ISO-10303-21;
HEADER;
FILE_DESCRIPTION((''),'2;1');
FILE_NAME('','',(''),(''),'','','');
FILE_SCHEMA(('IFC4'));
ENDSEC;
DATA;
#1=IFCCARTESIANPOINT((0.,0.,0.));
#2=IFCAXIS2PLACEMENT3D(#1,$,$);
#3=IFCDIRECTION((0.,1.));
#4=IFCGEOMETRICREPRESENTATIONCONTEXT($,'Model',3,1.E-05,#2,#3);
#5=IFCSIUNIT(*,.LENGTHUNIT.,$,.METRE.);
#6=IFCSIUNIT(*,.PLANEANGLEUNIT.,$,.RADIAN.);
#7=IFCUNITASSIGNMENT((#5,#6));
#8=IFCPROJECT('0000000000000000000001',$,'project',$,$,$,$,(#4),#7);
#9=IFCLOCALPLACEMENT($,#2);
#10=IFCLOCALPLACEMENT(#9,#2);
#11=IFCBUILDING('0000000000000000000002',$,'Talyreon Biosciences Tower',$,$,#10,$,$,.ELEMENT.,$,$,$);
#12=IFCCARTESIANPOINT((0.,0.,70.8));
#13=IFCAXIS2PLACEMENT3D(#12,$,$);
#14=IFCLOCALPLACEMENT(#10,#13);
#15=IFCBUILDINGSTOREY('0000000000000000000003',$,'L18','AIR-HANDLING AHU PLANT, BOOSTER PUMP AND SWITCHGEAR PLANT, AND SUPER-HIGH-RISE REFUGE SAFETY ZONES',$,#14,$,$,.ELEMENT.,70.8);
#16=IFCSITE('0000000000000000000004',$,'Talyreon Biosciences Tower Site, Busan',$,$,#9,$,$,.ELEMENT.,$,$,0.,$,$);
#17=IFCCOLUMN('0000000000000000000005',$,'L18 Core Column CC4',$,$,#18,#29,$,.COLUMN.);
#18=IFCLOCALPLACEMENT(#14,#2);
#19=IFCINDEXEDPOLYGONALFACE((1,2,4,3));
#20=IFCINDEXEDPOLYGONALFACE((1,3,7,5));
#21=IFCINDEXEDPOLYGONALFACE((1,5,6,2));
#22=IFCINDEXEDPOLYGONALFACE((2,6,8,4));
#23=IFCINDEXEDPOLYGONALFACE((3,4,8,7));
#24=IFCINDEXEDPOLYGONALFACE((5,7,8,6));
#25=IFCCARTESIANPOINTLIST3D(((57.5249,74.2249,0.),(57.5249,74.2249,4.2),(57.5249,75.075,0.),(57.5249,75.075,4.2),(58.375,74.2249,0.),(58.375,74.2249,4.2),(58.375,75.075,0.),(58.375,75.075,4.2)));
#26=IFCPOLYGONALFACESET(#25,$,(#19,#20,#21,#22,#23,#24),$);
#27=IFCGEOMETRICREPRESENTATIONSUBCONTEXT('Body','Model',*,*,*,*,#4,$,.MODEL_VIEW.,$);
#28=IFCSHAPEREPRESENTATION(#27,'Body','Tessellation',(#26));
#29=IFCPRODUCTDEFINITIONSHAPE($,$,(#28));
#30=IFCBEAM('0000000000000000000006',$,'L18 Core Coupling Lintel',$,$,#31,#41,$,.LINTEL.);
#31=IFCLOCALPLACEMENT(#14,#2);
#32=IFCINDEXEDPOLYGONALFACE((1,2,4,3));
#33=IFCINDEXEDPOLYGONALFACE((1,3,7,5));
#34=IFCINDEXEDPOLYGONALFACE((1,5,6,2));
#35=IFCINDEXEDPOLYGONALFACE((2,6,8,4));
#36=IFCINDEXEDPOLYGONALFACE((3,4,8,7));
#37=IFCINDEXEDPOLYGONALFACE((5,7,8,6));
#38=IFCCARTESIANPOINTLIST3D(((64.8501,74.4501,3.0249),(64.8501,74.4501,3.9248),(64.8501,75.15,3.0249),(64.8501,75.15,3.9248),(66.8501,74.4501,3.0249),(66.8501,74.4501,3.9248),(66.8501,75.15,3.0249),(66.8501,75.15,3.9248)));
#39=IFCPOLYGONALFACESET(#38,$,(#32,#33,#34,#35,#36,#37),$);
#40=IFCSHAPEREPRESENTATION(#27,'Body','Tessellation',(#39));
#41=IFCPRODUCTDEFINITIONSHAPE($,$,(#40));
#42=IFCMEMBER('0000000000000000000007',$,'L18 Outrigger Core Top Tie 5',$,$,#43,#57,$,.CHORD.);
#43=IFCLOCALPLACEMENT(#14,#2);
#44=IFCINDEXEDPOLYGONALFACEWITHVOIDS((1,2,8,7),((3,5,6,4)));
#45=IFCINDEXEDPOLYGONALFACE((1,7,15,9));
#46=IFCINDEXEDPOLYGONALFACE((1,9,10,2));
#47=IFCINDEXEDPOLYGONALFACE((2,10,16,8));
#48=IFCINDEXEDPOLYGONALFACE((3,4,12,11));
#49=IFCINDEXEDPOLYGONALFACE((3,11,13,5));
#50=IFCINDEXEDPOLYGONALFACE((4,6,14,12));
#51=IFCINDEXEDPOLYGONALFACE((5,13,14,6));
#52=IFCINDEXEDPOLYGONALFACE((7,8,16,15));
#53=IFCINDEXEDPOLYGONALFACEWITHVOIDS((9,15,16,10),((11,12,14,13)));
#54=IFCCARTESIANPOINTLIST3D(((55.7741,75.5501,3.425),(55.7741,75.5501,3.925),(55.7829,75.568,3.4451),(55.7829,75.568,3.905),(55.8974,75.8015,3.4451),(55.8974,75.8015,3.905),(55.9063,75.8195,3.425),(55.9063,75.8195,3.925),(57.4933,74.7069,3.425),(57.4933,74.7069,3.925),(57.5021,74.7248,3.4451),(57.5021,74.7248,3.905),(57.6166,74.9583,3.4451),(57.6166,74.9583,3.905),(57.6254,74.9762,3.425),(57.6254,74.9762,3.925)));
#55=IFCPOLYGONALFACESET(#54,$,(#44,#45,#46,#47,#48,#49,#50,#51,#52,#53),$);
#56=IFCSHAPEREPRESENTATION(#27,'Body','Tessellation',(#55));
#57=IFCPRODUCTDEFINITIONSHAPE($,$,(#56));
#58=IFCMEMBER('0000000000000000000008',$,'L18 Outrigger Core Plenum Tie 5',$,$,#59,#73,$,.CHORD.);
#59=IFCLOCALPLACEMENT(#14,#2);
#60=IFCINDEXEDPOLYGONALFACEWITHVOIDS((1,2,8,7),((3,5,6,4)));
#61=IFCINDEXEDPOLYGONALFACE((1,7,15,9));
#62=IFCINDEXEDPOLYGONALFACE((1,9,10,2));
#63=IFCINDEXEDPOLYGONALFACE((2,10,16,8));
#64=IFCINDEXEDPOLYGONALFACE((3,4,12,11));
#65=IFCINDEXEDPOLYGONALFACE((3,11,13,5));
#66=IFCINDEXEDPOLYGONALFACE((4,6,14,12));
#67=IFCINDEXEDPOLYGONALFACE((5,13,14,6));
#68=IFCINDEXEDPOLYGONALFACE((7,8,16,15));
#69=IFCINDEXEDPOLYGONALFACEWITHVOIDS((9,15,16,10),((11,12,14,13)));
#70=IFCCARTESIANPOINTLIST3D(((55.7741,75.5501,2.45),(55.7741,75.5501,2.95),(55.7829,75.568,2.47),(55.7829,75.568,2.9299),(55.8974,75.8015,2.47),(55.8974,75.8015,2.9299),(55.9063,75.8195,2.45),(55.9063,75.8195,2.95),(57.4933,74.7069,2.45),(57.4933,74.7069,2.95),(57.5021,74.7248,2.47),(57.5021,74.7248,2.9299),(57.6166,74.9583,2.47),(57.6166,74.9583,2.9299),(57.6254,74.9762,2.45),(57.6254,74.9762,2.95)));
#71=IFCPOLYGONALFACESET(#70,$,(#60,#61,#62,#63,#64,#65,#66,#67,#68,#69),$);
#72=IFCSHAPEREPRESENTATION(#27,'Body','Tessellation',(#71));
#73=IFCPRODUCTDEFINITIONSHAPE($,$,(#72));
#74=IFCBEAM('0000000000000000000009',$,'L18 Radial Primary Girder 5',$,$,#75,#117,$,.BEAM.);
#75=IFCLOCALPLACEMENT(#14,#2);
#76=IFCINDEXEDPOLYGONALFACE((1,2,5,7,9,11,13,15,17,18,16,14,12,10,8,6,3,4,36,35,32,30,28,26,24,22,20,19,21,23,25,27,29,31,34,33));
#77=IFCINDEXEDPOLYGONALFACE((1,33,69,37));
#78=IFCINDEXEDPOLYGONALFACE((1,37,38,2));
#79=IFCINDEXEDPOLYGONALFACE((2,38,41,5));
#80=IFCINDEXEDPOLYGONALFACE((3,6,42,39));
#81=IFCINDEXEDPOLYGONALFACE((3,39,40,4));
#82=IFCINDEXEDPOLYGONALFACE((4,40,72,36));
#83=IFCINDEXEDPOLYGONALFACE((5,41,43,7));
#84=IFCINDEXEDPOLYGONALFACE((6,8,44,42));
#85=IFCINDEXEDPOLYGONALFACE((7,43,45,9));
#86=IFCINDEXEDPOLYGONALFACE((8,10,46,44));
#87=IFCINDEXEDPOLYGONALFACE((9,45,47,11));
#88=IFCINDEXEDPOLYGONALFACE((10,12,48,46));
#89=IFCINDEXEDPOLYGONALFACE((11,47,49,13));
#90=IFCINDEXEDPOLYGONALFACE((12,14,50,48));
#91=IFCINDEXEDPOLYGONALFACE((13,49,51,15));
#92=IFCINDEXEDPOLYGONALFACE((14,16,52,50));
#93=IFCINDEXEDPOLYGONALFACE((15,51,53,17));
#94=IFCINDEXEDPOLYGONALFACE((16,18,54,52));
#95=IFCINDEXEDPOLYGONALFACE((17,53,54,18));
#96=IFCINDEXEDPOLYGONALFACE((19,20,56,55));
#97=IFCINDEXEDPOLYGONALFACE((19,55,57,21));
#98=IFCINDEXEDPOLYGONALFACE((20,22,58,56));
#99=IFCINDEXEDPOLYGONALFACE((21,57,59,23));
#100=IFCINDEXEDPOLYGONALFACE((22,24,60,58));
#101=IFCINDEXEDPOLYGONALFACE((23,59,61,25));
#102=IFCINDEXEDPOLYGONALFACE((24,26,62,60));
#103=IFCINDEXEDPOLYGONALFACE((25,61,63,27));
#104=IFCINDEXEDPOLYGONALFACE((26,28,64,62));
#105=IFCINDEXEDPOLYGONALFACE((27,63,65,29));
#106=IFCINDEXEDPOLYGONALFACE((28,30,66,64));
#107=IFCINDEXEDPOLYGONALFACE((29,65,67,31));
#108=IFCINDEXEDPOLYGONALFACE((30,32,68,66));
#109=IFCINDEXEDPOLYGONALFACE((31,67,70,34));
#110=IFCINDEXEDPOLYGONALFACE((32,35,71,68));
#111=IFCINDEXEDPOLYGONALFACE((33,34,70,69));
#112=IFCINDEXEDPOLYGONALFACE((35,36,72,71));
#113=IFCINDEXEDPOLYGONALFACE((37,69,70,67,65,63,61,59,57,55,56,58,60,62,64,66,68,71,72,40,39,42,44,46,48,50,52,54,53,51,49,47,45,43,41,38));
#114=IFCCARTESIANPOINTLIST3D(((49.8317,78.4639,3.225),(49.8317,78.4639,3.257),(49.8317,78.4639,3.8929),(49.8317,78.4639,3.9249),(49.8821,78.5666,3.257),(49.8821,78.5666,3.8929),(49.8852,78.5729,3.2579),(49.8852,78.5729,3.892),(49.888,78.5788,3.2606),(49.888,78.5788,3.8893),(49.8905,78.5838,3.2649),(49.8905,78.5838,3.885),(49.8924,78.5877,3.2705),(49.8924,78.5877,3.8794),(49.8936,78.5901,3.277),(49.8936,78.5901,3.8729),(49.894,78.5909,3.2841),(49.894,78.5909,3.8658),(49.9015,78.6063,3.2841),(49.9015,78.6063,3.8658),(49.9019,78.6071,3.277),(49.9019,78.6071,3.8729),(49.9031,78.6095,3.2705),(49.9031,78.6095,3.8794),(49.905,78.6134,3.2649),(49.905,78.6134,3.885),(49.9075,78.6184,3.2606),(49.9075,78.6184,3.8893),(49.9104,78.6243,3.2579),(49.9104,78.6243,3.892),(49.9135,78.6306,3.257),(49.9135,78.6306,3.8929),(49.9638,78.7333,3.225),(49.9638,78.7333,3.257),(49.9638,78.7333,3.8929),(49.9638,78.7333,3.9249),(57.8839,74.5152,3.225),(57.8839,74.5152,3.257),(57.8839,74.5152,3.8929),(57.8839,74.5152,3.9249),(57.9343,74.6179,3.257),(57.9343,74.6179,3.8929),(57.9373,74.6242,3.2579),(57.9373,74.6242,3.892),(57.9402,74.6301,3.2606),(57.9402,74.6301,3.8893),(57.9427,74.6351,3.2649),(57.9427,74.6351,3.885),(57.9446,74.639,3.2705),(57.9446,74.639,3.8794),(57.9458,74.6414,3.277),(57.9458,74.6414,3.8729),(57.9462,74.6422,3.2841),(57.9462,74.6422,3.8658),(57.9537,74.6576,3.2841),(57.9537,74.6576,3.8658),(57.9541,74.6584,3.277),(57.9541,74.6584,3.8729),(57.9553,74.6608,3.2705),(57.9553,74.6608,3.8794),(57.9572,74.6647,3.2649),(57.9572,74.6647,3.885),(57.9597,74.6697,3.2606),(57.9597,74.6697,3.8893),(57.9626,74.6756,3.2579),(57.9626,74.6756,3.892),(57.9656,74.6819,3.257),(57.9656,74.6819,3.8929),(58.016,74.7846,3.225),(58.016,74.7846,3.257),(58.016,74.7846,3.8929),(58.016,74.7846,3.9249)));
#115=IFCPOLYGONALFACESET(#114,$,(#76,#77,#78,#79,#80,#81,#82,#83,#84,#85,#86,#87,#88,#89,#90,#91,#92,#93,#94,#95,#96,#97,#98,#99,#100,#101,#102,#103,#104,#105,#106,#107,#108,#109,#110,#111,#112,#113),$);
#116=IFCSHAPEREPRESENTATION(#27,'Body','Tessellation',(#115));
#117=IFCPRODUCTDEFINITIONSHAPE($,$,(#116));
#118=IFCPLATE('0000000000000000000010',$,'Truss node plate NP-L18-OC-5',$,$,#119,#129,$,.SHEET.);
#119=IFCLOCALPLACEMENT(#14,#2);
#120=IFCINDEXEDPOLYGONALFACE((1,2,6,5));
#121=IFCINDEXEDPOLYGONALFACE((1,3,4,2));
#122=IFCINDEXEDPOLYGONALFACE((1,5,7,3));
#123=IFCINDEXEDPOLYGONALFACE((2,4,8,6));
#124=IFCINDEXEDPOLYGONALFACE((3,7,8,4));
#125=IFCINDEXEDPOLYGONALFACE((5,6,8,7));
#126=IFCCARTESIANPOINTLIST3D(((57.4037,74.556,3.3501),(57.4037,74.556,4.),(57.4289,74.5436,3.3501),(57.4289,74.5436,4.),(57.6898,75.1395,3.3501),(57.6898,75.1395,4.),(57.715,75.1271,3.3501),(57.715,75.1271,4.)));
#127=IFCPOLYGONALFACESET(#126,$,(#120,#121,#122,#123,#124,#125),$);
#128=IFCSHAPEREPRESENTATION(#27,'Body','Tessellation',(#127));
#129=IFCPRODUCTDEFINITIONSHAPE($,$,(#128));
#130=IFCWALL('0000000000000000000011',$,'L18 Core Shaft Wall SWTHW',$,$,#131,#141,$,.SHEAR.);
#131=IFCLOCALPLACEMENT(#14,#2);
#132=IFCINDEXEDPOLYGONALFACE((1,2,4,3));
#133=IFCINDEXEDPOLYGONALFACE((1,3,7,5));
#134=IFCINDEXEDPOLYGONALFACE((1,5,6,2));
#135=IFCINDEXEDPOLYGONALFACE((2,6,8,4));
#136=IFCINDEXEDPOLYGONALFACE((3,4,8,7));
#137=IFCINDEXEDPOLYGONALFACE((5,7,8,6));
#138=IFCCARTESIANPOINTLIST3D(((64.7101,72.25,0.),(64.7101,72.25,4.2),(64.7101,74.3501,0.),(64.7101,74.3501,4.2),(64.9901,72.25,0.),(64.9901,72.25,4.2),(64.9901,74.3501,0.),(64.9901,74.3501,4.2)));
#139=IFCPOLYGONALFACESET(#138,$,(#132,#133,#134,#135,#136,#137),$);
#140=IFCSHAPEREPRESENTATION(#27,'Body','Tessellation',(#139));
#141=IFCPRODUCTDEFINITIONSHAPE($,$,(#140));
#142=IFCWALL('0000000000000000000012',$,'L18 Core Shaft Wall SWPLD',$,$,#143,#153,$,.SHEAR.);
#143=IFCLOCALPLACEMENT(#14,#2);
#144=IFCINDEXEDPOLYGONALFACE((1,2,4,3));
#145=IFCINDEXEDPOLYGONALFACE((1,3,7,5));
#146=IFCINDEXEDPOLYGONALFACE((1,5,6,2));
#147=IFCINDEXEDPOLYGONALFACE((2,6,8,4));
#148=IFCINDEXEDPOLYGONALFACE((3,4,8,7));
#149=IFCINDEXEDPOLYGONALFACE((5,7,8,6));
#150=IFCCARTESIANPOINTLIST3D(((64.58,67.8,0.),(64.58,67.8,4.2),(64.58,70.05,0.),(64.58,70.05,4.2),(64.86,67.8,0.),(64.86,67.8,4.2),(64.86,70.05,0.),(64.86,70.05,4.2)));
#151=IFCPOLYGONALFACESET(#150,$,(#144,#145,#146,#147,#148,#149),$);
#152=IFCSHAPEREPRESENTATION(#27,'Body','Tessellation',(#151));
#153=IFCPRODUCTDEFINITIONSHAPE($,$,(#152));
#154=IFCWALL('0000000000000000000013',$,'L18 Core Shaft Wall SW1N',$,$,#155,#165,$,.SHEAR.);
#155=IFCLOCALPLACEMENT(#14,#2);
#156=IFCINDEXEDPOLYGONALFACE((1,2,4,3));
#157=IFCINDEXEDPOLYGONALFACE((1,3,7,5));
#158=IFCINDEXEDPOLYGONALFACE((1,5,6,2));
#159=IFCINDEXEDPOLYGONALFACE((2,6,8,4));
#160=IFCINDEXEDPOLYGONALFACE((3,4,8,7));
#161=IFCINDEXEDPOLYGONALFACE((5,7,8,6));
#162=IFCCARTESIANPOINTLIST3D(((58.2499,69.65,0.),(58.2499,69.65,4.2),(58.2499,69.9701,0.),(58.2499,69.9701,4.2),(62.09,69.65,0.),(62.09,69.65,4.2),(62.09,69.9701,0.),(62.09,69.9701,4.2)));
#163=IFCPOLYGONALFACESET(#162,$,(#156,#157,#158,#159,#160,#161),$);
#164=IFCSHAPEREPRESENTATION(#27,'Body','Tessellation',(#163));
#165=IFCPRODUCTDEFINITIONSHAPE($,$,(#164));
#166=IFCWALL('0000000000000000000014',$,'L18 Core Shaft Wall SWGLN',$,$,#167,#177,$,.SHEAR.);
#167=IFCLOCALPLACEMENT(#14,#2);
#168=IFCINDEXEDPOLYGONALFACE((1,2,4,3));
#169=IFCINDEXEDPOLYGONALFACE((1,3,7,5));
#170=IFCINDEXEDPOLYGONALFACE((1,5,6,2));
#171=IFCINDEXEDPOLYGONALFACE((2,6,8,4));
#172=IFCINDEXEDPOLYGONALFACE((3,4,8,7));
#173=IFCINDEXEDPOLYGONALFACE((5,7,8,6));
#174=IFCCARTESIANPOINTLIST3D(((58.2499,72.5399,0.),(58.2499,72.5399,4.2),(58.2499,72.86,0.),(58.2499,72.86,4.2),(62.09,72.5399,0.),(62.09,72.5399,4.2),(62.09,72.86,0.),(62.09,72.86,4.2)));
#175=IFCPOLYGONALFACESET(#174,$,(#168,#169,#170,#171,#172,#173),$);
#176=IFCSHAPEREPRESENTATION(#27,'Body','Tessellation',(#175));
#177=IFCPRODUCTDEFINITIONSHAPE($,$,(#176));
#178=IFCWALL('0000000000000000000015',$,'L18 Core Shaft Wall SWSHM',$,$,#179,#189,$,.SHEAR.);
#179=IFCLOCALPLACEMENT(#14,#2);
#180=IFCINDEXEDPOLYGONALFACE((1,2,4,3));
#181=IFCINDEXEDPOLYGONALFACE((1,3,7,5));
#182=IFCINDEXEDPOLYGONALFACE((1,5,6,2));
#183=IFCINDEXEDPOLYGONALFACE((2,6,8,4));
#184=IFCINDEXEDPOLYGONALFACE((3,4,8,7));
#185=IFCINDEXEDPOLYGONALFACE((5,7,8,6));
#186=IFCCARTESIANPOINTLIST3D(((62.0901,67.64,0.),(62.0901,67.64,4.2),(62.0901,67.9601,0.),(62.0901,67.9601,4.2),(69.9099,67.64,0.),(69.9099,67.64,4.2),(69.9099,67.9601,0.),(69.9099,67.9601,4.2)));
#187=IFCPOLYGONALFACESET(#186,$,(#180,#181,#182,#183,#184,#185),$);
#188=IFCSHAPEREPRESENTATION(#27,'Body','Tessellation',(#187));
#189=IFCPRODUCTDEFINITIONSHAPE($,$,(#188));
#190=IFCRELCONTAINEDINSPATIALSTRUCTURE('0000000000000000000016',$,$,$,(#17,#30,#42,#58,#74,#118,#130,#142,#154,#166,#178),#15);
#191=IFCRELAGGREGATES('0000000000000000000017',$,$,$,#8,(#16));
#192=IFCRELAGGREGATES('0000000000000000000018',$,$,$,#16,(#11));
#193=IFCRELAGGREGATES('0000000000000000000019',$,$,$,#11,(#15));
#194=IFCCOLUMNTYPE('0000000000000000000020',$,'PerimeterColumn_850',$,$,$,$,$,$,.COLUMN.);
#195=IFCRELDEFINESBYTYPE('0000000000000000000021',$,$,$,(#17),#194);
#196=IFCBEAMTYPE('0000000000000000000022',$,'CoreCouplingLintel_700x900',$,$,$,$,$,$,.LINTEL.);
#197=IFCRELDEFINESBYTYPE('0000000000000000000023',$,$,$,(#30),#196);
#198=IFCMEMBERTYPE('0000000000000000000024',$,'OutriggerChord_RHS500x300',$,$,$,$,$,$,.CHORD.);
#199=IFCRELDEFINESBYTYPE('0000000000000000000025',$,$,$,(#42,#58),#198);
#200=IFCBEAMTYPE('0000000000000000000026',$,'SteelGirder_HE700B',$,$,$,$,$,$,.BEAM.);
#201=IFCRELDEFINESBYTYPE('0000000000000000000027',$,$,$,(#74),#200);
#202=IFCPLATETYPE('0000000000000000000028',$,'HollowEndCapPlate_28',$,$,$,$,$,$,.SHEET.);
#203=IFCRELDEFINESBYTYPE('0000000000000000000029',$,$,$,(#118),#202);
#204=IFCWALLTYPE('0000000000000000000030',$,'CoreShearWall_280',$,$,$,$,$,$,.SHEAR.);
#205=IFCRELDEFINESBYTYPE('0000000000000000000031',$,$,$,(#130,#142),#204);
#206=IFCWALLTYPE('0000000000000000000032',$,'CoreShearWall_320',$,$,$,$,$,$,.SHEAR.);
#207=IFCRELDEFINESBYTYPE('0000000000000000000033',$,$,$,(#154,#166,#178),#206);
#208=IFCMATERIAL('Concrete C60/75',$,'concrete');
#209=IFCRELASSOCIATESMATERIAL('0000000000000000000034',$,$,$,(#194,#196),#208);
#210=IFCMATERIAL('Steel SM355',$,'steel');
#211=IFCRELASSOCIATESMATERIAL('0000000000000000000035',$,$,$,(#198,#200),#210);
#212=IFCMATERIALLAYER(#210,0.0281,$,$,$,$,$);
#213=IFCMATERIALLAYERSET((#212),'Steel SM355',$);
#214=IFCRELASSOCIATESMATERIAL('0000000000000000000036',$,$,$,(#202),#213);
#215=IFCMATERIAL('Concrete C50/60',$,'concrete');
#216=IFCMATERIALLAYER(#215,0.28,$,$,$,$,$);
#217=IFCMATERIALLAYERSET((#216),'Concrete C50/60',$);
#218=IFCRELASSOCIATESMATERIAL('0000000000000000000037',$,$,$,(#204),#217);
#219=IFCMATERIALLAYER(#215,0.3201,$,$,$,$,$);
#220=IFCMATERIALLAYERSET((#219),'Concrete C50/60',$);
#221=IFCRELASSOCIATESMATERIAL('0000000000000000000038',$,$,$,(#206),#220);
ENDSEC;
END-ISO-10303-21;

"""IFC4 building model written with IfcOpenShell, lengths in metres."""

from ifc_helpers import new_model, si_unit, direction, frame, frame_2d, origin, origin_2d, place, context, subcontext, project, spatial, rectangle, hollow_rectangle, i_section, extrude, material, layer, layer_set, material_profile, profile_set, type_object, element, save


model = new_model("IFC4")

# Units and contexts
model_context = context("Model", 3, precision=1e-05, world=origin(), true_north=direction((0.0, 1.0)))
body_context = subcontext(model_context, "Body", "Model", "MODEL_VIEW")
ifc_project = project(units=[si_unit("LENGTHUNIT", "METRE"), si_unit("PLANEANGLEUNIT", "RADIAN")], contexts=[model_context])

# Site, building, storey
site_placement = place(None, origin())
site = spatial("IfcSite", under=ifc_project, at=site_placement, Name="Talyreon Biosciences Tower Site, Busan", CompositionType="ELEMENT", RefElevation=0.0)
building_placement = place(site_placement, origin())
building = spatial("IfcBuilding", under=site, at=building_placement, Name="Talyreon Biosciences Tower", CompositionType="ELEMENT")
storey_placement = place(building_placement, frame((0.0, 0.0, 70.8)))
storey = spatial("IfcBuildingStorey", under=building, at=storey_placement, Name="L18", Description="AIR-HANDLING AHU PLANT, BOOSTER PUMP AND SWITCHGEAR PLANT, AND SUPER-HIGH-RISE REFUGE SAFETY ZONES", CompositionType="ELEMENT", Elevation=70.8)

# Column
ifc_material_1 = material(Name="Concrete C60/75", Category="concrete")
ifc_material_profile_1 = material_profile(ifc_material_1, rectangle(XDim=0.8501, YDim=0.8501, at=origin_2d()), Name="RC 850x850")
ifc_profile_set_1 = profile_set([ifc_material_profile_1], Name="Concrete C60/75")
column_type = type_object("IfcColumnType", Name="PerimeterColumn_850", PredefinedType="COLUMN", material=ifc_profile_set_1)
column_placement = place(storey_placement, frame((57.95, 74.6499, 0.0), z_axis=(0.0, 0.0, 1.0), x_axis=(1.0, 0.0, 0.0)))
element("IfcColumn", 1, at=column_placement, inside=storey, type_object=column_type, Name="L18 Core Column CC4", PredefinedType="COLUMN", context=body_context, shape_type="SweptSolid", body=[
    extrude(rectangle(XDim=0.8501, YDim=0.8501, at=origin_2d()), origin(), (0.0, 0.0, 1.0), 4.2),
])

# Beam
ifc_material_profile_2 = material_profile(ifc_material_1, rectangle(XDim=0.7, YDim=0.8999, at=origin_2d()), Name="RCB 700x900")
ifc_profile_set_2 = profile_set([ifc_material_profile_2], Name="Concrete C60/75")
beam_type_1 = type_object("IfcBeamType", Name="CoreCouplingLintel_700x900", PredefinedType="LINTEL", material=ifc_profile_set_2)
beam_1_placement = place(storey_placement, frame((64.8501, 74.8, 3.4749), z_axis=(1.0, 0.0, 0.0), x_axis=(0.0, 1.0, 0.0)))
element("IfcBeam", 2, at=beam_1_placement, inside=storey, type_object=beam_type_1, Name="L18 Core Coupling Lintel", PredefinedType="LINTEL", context=body_context, shape_type="SweptSolid", body=[
    extrude(rectangle(XDim=0.7, YDim=0.8999, at=origin_2d()), origin(), (0.0, 0.0, 1.0), 2.0),
])

# Members
ifc_material_2 = material(Name="Steel SM355", Category="steel")
ifc_material_profile_3 = material_profile(ifc_material_2, hollow_rectangle(XDim=0.3, YDim=0.5, WallThickness=0.02, at=origin_2d()), Name="RHS 500x300x20")
ifc_profile_set_3 = profile_set([ifc_material_profile_3], Name="Steel SM355")
member_type = type_object("IfcMemberType", Name="OutriggerChord_RHS500x300", PredefinedType="CHORD", material=ifc_profile_set_3)
for number, where, z_axis, x_axis, name in (
    (3, (57.5593, 74.8416, 3.675), (-0.897818, 0.440367, 0.0), (-0.440367, -0.897818, 0.0), "L18 Outrigger Core Top Tie 5"),
    (4, (57.5593, 74.8416, 2.7), (-0.897818, 0.440367, 0.0), (-0.440367, -0.897818, 0.0), "L18 Outrigger Core Plenum Tie 5"),
):
    element("IfcMember", number, at=place(storey_placement, frame(where, z_axis=z_axis, x_axis=x_axis)), inside=storey, type_object=member_type, Name=name, PredefinedType="CHORD", context=body_context, shape_type="SweptSolid", body=[
        extrude(hollow_rectangle(XDim=0.3, YDim=0.5, WallThickness=0.02, at=origin_2d()), origin(), (0.0, 0.0, 1.0), 1.9148),
    ])

# Beam
ifc_material_profile_4 = material_profile(ifc_material_2, i_section(OverallWidth=0.3, OverallDepth=0.7, WebThickness=0.0171, FlangeThickness=0.032, FilletRadius=0.0271, at=origin_2d()), Name="HE700B")
ifc_profile_set_4 = profile_set([ifc_material_profile_4], Name="Steel SM355")
beam_type_2 = type_object("IfcBeamType", Name="SteelGirder_HE700B", PredefinedType="BEAM", material=ifc_profile_set_4)
beam_2_placement = place(storey_placement, frame((57.95, 74.6499, 3.575), z_axis=(-0.897852, 0.440297, 0.0), x_axis=(-0.440297, -0.897852, 0.0)))
element("IfcBeam", 5, at=beam_2_placement, inside=storey, type_object=beam_type_2, Name="L18 Radial Primary Girder 5", PredefinedType="BEAM", context=body_context, shape_type="SweptSolid", body=[
    extrude(i_section(OverallWidth=0.3, OverallDepth=0.7, WebThickness=0.0171, FlangeThickness=0.032, FilletRadius=0.0271, at=origin_2d()), origin(), (0.0, 0.0, 1.0), 8.9683),
])

# Plate
ifc_layer_1 = layer(ifc_material_2, 0.0281)
ifc_layer_set_1 = layer_set([ifc_layer_1], Name="Steel SM355")
plate_type = type_object("IfcPlateType", Name="HollowEndCapPlate_28", PredefinedType="SHEET", material=ifc_layer_set_1)
plate_placement = place(storey_placement, frame((57.5593, 74.8416, 3.3501), z_axis=(0.0, 0.0, 1.0), x_axis=(-0.440284, -0.897859, 0.0)))
element("IfcPlate", 6, at=plate_placement, inside=storey, type_object=plate_type, Name="Truss node plate NP-L18-OC-5", PredefinedType="SHEET", context=body_context, shape_type="SweptSolid", body=[
    extrude(rectangle(XDim=0.6499, YDim=0.0281, at=origin_2d()), origin(), (0.0, 0.0, 1.0), 0.6499),
])

# Walls
ifc_material_3 = material(Name="Concrete C50/60", Category="concrete")
ifc_layer_2 = layer(ifc_material_3, 0.28)
ifc_layer_set_2 = layer_set([ifc_layer_2], Name="Concrete C50/60")
wall_type_1 = type_object("IfcWallType", Name="CoreShearWall_280", PredefinedType="SHEAR", material=ifc_layer_set_2)
wall_1_placement = place(storey_placement, frame((64.8501, 72.25, 0.0), z_axis=(0.0, 0.0, 1.0), x_axis=(0.0, 1.0, 0.0)))
element("IfcWall", 7, at=wall_1_placement, inside=storey, type_object=wall_type_1, Name="L18 Core Shaft Wall SWTHW", PredefinedType="SHEAR", context=body_context, shape_type="SweptSolid", body=[
    extrude(rectangle(XDim=2.1001, YDim=0.28, at=frame_2d((1.05, 0.0))), origin(), (0.0, 0.0, 1.0), 4.2),
])
wall_2_placement = place(storey_placement, frame((64.72, 67.8, 0.0), z_axis=(0.0, 0.0, 1.0), x_axis=(0.0, 1.0, 0.0)))
element("IfcWall", 8, at=wall_2_placement, inside=storey, type_object=wall_type_1, Name="L18 Core Shaft Wall SWPLD", PredefinedType="SHEAR", context=body_context, shape_type="SweptSolid", body=[
    extrude(rectangle(XDim=2.25, YDim=0.28, at=frame_2d((1.125, 0.0))), origin(), (0.0, 0.0, 1.0), 4.2),
])
ifc_layer_3 = layer(ifc_material_3, 0.3201)
ifc_layer_set_3 = layer_set([ifc_layer_3], Name="Concrete C50/60")
wall_type_2 = type_object("IfcWallType", Name="CoreShearWall_320", PredefinedType="SHEAR", material=ifc_layer_set_3)
for number, where, z_axis, x_axis, name in (
    (9, (58.25, 69.8101, 0.0), (0.0, 0.0, 1.0), (1.0, 0.0, 0.0), "L18 Core Shaft Wall SW1N"),
    (10, (58.25, 72.7, 0.0), (0.0, 0.0, 1.0), (1.0, 0.0, 0.0), "L18 Core Shaft Wall SWGLN"),
):
    element("IfcWall", number, at=place(storey_placement, frame(where, z_axis=z_axis, x_axis=x_axis)), inside=storey, type_object=wall_type_2, Name=name, PredefinedType="SHEAR", context=body_context, shape_type="SweptSolid", body=[
        extrude(rectangle(XDim=3.8401, YDim=0.3201, at=frame_2d((1.9199, 0.0))), origin(), (0.0, 0.0, 1.0), 4.2),
    ])
for number, where, z_axis, x_axis, name in (
    (11, (62.0901, 67.8, 0.0), (0.0, 0.0, 1.0), (1.0, 0.0, 0.0), "L18 Core Shaft Wall SWSHM"),
):
    element("IfcWall", number, at=place(storey_placement, frame(where, z_axis=z_axis, x_axis=x_axis)), inside=storey, type_object=wall_type_2, Name=name, PredefinedType="SHEAR", context=body_context, shape_type="SweptSolid", body=[
        extrude(rectangle(XDim=7.8198, YDim=0.3201, at=frame_2d((3.9099, 0.0))), origin(), (0.0, 0.0, 1.0), 4.2),
    ])

save(model, "model.ifc")
